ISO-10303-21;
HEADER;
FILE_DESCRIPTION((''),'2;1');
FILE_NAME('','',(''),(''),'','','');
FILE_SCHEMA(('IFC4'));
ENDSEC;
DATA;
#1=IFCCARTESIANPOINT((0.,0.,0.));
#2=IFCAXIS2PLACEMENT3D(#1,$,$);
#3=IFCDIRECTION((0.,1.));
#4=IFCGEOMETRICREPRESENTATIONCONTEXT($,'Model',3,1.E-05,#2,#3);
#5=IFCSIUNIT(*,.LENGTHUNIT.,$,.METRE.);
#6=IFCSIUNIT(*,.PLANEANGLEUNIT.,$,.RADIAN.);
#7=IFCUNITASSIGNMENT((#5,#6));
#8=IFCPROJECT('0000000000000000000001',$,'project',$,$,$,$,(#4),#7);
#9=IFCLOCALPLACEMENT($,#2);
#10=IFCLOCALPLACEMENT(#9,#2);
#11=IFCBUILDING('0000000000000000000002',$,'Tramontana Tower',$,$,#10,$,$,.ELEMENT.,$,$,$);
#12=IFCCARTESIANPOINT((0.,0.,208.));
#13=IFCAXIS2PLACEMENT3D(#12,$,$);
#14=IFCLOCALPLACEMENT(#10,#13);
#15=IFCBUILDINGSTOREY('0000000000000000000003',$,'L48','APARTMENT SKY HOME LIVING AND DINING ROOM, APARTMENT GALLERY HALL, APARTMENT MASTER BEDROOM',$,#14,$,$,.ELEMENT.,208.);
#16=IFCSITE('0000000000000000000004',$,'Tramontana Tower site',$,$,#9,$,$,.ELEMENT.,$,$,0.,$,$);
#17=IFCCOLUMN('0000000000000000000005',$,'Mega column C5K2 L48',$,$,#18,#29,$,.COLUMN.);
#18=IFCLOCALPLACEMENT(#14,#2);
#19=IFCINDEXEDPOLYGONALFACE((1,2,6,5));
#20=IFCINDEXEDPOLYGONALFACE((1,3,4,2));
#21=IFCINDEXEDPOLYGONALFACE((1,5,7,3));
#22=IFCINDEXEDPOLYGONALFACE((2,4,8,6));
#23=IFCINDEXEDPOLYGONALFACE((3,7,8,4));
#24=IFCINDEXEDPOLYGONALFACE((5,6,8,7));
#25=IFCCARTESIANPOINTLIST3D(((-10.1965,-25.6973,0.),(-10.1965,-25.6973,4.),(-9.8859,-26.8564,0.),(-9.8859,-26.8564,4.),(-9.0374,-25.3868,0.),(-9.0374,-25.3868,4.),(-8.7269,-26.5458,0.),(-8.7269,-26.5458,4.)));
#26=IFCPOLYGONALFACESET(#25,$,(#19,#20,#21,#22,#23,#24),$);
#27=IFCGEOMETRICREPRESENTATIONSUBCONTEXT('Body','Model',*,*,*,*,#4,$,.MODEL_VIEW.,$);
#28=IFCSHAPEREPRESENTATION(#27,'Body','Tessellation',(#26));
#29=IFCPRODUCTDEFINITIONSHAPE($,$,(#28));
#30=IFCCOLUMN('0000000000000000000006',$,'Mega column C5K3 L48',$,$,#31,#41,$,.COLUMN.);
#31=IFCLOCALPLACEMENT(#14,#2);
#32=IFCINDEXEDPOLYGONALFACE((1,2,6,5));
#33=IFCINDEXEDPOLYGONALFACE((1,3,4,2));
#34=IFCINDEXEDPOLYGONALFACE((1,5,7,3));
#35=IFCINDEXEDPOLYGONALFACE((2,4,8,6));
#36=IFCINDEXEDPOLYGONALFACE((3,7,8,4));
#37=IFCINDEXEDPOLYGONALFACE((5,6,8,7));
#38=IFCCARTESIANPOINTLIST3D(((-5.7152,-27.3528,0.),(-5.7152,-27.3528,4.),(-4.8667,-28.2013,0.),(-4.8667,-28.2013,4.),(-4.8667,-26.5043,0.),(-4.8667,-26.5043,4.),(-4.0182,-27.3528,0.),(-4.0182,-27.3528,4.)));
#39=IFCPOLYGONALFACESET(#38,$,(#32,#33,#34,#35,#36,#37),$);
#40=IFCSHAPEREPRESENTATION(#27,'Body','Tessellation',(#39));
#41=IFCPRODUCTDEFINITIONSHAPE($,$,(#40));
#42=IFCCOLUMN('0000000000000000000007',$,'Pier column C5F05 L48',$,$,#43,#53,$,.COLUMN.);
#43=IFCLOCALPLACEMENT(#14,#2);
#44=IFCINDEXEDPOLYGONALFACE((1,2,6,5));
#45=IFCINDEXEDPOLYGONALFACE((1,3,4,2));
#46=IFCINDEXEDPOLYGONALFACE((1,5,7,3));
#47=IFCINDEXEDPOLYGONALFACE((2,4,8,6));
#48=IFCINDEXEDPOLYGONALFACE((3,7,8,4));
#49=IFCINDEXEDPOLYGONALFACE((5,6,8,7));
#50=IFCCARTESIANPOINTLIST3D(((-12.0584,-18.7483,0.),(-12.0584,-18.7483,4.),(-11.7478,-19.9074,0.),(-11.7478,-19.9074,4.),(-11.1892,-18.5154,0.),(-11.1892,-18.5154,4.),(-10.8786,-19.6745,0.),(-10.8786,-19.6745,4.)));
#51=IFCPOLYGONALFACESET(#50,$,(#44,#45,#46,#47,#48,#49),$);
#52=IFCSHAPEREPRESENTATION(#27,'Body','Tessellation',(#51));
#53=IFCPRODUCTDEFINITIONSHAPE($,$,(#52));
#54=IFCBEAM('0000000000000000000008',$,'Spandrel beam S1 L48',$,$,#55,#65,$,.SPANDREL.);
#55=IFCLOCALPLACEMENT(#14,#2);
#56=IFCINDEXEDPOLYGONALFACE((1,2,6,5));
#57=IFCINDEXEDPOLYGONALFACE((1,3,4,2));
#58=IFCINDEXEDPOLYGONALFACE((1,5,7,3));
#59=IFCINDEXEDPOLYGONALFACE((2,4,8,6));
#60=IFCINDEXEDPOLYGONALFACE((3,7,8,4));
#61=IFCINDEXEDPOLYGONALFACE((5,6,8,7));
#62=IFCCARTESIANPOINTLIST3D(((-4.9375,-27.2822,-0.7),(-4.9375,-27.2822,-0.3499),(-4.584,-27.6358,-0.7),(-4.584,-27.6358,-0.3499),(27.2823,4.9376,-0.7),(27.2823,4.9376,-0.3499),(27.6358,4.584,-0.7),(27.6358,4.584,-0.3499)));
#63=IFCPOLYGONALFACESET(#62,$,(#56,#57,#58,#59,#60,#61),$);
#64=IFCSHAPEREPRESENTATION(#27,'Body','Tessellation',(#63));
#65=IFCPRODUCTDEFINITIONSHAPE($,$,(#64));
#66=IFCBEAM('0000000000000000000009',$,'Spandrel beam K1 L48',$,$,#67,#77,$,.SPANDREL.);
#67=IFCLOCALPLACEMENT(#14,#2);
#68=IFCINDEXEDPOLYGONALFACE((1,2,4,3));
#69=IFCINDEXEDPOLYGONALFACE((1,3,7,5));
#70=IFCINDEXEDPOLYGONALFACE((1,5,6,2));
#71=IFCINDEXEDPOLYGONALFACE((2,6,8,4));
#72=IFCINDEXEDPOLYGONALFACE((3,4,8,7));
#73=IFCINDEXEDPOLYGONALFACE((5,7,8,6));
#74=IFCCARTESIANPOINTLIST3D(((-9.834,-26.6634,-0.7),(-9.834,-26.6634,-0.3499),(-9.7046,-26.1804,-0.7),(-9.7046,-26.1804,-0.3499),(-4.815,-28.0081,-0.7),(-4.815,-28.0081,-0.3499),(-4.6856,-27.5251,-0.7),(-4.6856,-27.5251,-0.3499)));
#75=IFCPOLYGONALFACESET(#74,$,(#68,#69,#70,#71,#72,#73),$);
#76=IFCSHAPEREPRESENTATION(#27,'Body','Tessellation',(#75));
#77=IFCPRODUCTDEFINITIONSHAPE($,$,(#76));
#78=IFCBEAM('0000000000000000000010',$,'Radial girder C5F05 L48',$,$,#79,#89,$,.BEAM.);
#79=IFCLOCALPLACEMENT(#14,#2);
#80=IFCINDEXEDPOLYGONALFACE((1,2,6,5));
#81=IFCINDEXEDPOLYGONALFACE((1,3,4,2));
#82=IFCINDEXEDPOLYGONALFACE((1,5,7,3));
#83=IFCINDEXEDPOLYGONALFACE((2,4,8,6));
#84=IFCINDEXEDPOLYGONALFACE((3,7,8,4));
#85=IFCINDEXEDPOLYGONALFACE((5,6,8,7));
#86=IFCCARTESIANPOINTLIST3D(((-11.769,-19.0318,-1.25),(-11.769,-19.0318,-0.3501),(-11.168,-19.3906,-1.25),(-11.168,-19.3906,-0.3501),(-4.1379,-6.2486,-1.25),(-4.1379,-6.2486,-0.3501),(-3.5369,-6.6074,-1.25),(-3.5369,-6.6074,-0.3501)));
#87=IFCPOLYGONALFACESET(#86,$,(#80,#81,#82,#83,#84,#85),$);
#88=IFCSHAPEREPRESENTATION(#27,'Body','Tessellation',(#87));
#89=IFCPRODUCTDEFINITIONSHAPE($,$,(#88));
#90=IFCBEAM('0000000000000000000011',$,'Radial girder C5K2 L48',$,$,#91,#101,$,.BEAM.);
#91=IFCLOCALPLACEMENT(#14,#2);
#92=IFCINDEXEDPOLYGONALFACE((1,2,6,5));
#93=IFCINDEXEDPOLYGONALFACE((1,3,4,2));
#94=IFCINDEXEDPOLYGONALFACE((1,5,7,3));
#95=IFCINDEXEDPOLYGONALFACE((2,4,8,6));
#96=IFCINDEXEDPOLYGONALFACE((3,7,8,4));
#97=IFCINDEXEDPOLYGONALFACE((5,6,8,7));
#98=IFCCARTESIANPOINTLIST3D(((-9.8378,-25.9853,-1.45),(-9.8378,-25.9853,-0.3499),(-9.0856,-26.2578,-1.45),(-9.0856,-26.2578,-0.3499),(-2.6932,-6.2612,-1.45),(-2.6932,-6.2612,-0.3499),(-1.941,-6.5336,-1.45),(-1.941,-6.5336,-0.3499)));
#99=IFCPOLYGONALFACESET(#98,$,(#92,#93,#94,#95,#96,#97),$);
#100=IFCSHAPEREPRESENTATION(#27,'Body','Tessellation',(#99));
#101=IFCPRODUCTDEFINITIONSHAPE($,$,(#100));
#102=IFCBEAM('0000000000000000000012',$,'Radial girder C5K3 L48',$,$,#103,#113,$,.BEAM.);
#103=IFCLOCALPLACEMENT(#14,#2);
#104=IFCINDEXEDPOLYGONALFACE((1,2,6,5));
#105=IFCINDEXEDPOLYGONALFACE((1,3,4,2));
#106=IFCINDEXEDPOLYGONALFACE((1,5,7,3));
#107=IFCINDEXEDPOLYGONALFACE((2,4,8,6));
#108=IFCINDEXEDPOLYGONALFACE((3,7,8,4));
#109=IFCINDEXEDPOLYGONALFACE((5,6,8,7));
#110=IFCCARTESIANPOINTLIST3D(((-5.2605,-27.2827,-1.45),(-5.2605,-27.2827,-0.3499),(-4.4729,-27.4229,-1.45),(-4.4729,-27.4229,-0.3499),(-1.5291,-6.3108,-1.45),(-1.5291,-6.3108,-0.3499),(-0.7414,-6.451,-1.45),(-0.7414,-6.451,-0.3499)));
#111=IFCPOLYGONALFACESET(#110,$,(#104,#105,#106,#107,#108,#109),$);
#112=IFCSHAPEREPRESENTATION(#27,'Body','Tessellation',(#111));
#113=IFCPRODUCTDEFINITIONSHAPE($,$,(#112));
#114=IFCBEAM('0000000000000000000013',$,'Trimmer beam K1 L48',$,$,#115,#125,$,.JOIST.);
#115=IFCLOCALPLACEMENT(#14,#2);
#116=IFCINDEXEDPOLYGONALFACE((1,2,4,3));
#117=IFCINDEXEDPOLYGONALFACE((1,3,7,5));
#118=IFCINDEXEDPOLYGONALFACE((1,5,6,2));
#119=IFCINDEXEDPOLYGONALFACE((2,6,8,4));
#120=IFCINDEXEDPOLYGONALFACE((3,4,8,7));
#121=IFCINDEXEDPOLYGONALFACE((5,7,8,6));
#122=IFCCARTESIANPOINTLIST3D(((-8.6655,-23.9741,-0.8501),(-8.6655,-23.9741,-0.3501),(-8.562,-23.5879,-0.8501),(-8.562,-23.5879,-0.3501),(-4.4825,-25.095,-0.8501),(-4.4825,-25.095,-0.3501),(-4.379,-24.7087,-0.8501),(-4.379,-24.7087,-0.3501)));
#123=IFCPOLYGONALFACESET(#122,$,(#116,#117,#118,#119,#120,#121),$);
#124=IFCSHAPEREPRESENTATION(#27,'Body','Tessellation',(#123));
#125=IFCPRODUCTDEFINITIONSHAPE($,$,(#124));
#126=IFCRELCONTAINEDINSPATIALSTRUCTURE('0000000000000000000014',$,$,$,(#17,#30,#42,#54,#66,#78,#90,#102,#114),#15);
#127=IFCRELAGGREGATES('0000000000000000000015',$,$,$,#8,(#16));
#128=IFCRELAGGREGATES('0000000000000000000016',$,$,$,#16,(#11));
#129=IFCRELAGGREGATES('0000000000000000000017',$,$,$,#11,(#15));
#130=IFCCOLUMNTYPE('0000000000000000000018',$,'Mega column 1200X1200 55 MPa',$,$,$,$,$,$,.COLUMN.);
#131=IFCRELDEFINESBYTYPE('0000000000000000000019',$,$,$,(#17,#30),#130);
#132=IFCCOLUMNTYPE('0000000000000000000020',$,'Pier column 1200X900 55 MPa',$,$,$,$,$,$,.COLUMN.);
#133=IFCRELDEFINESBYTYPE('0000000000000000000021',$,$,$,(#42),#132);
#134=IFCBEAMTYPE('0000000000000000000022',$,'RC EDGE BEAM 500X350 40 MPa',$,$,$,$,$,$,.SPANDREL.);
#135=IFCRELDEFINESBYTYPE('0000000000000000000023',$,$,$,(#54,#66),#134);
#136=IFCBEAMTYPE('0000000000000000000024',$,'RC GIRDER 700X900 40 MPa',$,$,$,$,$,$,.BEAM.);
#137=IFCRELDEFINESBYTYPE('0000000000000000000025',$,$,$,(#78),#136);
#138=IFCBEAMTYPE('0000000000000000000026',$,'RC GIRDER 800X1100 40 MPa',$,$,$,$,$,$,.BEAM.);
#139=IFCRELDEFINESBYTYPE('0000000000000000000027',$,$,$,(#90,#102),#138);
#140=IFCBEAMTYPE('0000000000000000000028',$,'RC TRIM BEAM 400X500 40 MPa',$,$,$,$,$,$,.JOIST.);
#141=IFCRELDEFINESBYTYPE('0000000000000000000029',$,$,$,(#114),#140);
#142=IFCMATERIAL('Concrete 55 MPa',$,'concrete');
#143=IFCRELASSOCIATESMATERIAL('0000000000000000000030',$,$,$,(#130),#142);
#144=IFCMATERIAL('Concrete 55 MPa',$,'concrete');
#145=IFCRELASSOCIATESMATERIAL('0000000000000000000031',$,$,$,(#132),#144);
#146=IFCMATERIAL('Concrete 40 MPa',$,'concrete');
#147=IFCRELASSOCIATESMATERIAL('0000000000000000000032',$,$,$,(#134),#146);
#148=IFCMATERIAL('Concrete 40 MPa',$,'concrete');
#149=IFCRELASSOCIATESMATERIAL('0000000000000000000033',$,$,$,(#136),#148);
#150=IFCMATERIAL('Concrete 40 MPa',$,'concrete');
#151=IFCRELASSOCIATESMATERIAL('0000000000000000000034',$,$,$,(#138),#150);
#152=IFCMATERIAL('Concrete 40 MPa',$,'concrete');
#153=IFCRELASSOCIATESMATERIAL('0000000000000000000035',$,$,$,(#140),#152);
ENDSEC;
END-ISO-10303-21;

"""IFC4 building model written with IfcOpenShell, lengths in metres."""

from ifc_helpers import new_model, si_unit, direction, frame, origin, origin_2d, place, context, subcontext, project, spatial, rectangle, extrude, material, material_profile, profile_set, type_object, element, save


model = new_model("IFC4")

# Units and contexts
model_context = context("Model", 3, precision=1e-05, world=origin(), true_north=direction((0.0, 1.0)))
body_context = subcontext(model_context, "Body", "Model", "MODEL_VIEW")
ifc_project = project(units=[si_unit("LENGTHUNIT", "METRE"), si_unit("PLANEANGLEUNIT", "RADIAN")], contexts=[model_context])

# Site, building, storey
site_placement = place(None, origin())
site = spatial("IfcSite", under=ifc_project, at=site_placement, Name="Tramontana Tower site", CompositionType="ELEMENT", RefElevation=0.0)
building_placement = place(site_placement, origin())
building = spatial("IfcBuilding", under=site, at=building_placement, Name="Tramontana Tower", CompositionType="ELEMENT")
storey_placement = place(building_placement, frame((0.0, 0.0, 208.0)))
storey = spatial("IfcBuildingStorey", under=building, at=storey_placement, Name="L48", Description="APARTMENT SKY HOME LIVING AND DINING ROOM, APARTMENT GALLERY HALL, APARTMENT MASTER BEDROOM", CompositionType="ELEMENT", Elevation=208.0)

# Columns
ifc_material_1 = material(Name="Concrete 55 MPa", Category="concrete")
ifc_material_profile_1 = material_profile(ifc_material_1, rectangle(XDim=1.2, YDim=1.2, at=origin_2d()), Name="Mega column 1200X1200 55 MPa")
ifc_profile_set_1 = profile_set([ifc_material_profile_1], Name="Concrete 55 MPa")
column_type_1 = type_object("IfcColumnType", Name="Mega column 1200X1200 55 MPa", PredefinedType="COLUMN", material=ifc_profile_set_1)
for number, where, z_axis, x_axis, name in (
    (1, (-9.4617, -26.1216, 0.0), (0.0, 0.0, 1.0), (0.258819, -0.965926, 0.0), "Mega column C5K2 L48"),
    (2, (-4.8667, -27.3528, 0.0), (0.0, 0.0, 1.0), (0.707107, 0.707107, 0.0), "Mega column C5K3 L48"),
):
    element("IfcColumn", number, at=place(storey_placement, frame(where, z_axis=z_axis, x_axis=x_axis)), inside=storey, type_object=column_type_1, Name=name, PredefinedType="COLUMN", context=body_context, shape_type="SweptSolid", body=[
        extrude(rectangle(XDim=1.2, YDim=1.2, at=origin_2d()), origin(), (0.0, 0.0, 1.0), 4.0),
    ])
ifc_material_2 = material(Name="Concrete 55 MPa", Category="concrete")
ifc_material_profile_2 = material_profile(ifc_material_2, rectangle(XDim=1.2, YDim=0.8999, at=origin_2d()), Name="Pier column 1200X900 55 MPa")
ifc_profile_set_2 = profile_set([ifc_material_profile_2], Name="Concrete 55 MPa")
column_type_2 = type_object("IfcColumnType", Name="Pier column 1200X900 55 MPa", PredefinedType="COLUMN", material=ifc_profile_set_2)
column_placement = place(storey_placement, frame((-11.4685, -19.2114, 0.0), z_axis=(0.0, 0.0, 1.0), x_axis=(0.258819, -0.965926, 0.0)))
element("IfcColumn", 3, at=column_placement, inside=storey, type_object=column_type_2, Name="Pier column C5F05 L48", PredefinedType="COLUMN", context=body_context, shape_type="SweptSolid", body=[
    extrude(rectangle(XDim=1.2, YDim=0.8999, at=origin_2d()), origin(), (0.0, 0.0, 1.0), 4.0),
])

# Beams
ifc_material_3 = material(Name="Concrete 40 MPa", Category="concrete")
ifc_material_profile_3 = material_profile(ifc_material_3, rectangle(XDim=0.5, YDim=0.3501, at=origin_2d()), Name="RC EDGE BEAM 500X350 40 MPa")
ifc_profile_set_3 = profile_set([ifc_material_profile_3], Name="Concrete 40 MPa")
beam_type_1 = type_object("IfcBeamType", Name="RC EDGE BEAM 500X350 40 MPa", PredefinedType="SPANDREL", material=ifc_profile_set_3)
beam_1_placement = place(storey_placement, frame((-4.7607, -27.459, -0.5249), z_axis=(0.707107, 0.707107, 0.0), x_axis=(-0.707107, 0.707107, 0.0)))
element("IfcBeam", 4, at=beam_1_placement, inside=storey, type_object=beam_type_1, Name="Spandrel beam S1 L48", PredefinedType="SPANDREL", context=body_context, shape_type="SweptSolid", body=[
    extrude(rectangle(XDim=0.5, YDim=0.3501, at=origin_2d()), origin(), (0.0, 0.0, 1.0), 45.5657),
])
beam_2_placement = place(storey_placement, frame((-9.7693, -26.4219, -0.5249), z_axis=(0.965932, -0.258797, 0.0), x_axis=(0.258797, 0.965932, 0.0)))
element("IfcBeam", 5, at=beam_2_placement, inside=storey, type_object=beam_type_1, Name="Spandrel beam K1 L48", PredefinedType="SPANDREL", context=body_context, shape_type="SweptSolid", body=[
    extrude(rectangle(XDim=0.5, YDim=0.3501, at=origin_2d()), origin(), (0.0, 0.0, 1.0), 5.196),
])
ifc_material_4 = material(Name="Concrete 40 MPa", Category="concrete")
ifc_material_profile_4 = material_profile(ifc_material_4, rectangle(XDim=0.7, YDim=0.8999, at=origin_2d()), Name="RC GIRDER 700X900 40 MPa")
ifc_profile_set_4 = profile_set([ifc_material_profile_4], Name="Concrete 40 MPa")
beam_type_2 = type_object("IfcBeamType", Name="RC GIRDER 700X900 40 MPa", PredefinedType="BEAM", material=ifc_profile_set_4)
beam_3_placement = place(storey_placement, frame((-11.4685, -19.2112, -0.8), z_axis=(0.512577, 0.858641, 0.0), x_axis=(-0.858641, 0.512577, 0.0)))
element("IfcBeam", 6, at=beam_3_placement, inside=storey, type_object=beam_type_2, Name="Radial girder C5F05 L48", PredefinedType="BEAM", context=body_context, shape_type="SweptSolid", body=[
    extrude(rectangle(XDim=0.7, YDim=0.8999, at=origin_2d()), origin(), (0.0, 0.0, 1.0), 14.8877),
])
ifc_material_5 = material(Name="Concrete 40 MPa", Category="concrete")
ifc_material_profile_5 = material_profile(ifc_material_5, rectangle(XDim=0.8, YDim=1.1001, at=origin_2d()), Name="RC GIRDER 800X1100 40 MPa")
ifc_profile_set_5 = profile_set([ifc_material_profile_5], Name="Concrete 40 MPa")
beam_type_3 = type_object("IfcBeamType", Name="RC GIRDER 800X1100 40 MPa", PredefinedType="BEAM", material=ifc_profile_set_5)
beam_4_placement = place(storey_placement, frame((-9.4617, -26.1216, -0.8999), z_axis=(0.340569, 0.940219, 0.0), x_axis=(-0.940219, 0.340569, 0.0)))
element("IfcBeam", 7, at=beam_4_placement, inside=storey, type_object=beam_type_3, Name="Radial girder C5K2 L48", PredefinedType="BEAM", context=body_context, shape_type="SweptSolid", body=[
    extrude(rectangle(XDim=0.8, YDim=1.1001, at=origin_2d()), origin(), (0.0, 0.0, 1.0), 20.9783),
])
beam_5_placement = place(storey_placement, frame((-4.8667, -27.3528, -0.8999), z_axis=(0.175175, 0.984537, 0.0), x_axis=(-0.984537, 0.175175, 0.0)))
element("IfcBeam", 8, at=beam_5_placement, inside=storey, type_object=beam_type_3, Name="Radial girder C5K3 L48", PredefinedType="BEAM", context=body_context, shape_type="SweptSolid", body=[
    extrude(rectangle(XDim=0.8, YDim=1.1001, at=origin_2d()), origin(), (0.0, 0.0, 1.0), 21.3013),
])
ifc_material_6 = material(Name="Concrete 40 MPa", Category="concrete")
ifc_material_profile_6 = material_profile(ifc_material_6, rectangle(XDim=0.3999, YDim=0.5, at=origin_2d()), Name="RC TRIM BEAM 400X500 40 MPa")
ifc_profile_set_6 = profile_set([ifc_material_profile_6], Name="Concrete 40 MPa")
beam_type_4 = type_object("IfcBeamType", Name="RC TRIM BEAM 400X500 40 MPa", PredefinedType="JOIST", material=ifc_profile_set_6)
beam_6_placement = place(storey_placement, frame((-8.6138, -23.781, -0.6001), z_axis=(0.965926, -0.258817, 0.0), x_axis=(0.258817, 0.965926, 0.0)))
element("IfcBeam", 9, at=beam_6_placement, inside=storey, type_object=beam_type_4, Name="Trimmer beam K1 L48", PredefinedType="JOIST", context=body_context, shape_type="SweptSolid", body=[
    extrude(rectangle(XDim=0.3999, YDim=0.5, at=origin_2d()), origin(), (0.0, 0.0, 1.0), 4.3306),
])

save(model, "model.ifc")
